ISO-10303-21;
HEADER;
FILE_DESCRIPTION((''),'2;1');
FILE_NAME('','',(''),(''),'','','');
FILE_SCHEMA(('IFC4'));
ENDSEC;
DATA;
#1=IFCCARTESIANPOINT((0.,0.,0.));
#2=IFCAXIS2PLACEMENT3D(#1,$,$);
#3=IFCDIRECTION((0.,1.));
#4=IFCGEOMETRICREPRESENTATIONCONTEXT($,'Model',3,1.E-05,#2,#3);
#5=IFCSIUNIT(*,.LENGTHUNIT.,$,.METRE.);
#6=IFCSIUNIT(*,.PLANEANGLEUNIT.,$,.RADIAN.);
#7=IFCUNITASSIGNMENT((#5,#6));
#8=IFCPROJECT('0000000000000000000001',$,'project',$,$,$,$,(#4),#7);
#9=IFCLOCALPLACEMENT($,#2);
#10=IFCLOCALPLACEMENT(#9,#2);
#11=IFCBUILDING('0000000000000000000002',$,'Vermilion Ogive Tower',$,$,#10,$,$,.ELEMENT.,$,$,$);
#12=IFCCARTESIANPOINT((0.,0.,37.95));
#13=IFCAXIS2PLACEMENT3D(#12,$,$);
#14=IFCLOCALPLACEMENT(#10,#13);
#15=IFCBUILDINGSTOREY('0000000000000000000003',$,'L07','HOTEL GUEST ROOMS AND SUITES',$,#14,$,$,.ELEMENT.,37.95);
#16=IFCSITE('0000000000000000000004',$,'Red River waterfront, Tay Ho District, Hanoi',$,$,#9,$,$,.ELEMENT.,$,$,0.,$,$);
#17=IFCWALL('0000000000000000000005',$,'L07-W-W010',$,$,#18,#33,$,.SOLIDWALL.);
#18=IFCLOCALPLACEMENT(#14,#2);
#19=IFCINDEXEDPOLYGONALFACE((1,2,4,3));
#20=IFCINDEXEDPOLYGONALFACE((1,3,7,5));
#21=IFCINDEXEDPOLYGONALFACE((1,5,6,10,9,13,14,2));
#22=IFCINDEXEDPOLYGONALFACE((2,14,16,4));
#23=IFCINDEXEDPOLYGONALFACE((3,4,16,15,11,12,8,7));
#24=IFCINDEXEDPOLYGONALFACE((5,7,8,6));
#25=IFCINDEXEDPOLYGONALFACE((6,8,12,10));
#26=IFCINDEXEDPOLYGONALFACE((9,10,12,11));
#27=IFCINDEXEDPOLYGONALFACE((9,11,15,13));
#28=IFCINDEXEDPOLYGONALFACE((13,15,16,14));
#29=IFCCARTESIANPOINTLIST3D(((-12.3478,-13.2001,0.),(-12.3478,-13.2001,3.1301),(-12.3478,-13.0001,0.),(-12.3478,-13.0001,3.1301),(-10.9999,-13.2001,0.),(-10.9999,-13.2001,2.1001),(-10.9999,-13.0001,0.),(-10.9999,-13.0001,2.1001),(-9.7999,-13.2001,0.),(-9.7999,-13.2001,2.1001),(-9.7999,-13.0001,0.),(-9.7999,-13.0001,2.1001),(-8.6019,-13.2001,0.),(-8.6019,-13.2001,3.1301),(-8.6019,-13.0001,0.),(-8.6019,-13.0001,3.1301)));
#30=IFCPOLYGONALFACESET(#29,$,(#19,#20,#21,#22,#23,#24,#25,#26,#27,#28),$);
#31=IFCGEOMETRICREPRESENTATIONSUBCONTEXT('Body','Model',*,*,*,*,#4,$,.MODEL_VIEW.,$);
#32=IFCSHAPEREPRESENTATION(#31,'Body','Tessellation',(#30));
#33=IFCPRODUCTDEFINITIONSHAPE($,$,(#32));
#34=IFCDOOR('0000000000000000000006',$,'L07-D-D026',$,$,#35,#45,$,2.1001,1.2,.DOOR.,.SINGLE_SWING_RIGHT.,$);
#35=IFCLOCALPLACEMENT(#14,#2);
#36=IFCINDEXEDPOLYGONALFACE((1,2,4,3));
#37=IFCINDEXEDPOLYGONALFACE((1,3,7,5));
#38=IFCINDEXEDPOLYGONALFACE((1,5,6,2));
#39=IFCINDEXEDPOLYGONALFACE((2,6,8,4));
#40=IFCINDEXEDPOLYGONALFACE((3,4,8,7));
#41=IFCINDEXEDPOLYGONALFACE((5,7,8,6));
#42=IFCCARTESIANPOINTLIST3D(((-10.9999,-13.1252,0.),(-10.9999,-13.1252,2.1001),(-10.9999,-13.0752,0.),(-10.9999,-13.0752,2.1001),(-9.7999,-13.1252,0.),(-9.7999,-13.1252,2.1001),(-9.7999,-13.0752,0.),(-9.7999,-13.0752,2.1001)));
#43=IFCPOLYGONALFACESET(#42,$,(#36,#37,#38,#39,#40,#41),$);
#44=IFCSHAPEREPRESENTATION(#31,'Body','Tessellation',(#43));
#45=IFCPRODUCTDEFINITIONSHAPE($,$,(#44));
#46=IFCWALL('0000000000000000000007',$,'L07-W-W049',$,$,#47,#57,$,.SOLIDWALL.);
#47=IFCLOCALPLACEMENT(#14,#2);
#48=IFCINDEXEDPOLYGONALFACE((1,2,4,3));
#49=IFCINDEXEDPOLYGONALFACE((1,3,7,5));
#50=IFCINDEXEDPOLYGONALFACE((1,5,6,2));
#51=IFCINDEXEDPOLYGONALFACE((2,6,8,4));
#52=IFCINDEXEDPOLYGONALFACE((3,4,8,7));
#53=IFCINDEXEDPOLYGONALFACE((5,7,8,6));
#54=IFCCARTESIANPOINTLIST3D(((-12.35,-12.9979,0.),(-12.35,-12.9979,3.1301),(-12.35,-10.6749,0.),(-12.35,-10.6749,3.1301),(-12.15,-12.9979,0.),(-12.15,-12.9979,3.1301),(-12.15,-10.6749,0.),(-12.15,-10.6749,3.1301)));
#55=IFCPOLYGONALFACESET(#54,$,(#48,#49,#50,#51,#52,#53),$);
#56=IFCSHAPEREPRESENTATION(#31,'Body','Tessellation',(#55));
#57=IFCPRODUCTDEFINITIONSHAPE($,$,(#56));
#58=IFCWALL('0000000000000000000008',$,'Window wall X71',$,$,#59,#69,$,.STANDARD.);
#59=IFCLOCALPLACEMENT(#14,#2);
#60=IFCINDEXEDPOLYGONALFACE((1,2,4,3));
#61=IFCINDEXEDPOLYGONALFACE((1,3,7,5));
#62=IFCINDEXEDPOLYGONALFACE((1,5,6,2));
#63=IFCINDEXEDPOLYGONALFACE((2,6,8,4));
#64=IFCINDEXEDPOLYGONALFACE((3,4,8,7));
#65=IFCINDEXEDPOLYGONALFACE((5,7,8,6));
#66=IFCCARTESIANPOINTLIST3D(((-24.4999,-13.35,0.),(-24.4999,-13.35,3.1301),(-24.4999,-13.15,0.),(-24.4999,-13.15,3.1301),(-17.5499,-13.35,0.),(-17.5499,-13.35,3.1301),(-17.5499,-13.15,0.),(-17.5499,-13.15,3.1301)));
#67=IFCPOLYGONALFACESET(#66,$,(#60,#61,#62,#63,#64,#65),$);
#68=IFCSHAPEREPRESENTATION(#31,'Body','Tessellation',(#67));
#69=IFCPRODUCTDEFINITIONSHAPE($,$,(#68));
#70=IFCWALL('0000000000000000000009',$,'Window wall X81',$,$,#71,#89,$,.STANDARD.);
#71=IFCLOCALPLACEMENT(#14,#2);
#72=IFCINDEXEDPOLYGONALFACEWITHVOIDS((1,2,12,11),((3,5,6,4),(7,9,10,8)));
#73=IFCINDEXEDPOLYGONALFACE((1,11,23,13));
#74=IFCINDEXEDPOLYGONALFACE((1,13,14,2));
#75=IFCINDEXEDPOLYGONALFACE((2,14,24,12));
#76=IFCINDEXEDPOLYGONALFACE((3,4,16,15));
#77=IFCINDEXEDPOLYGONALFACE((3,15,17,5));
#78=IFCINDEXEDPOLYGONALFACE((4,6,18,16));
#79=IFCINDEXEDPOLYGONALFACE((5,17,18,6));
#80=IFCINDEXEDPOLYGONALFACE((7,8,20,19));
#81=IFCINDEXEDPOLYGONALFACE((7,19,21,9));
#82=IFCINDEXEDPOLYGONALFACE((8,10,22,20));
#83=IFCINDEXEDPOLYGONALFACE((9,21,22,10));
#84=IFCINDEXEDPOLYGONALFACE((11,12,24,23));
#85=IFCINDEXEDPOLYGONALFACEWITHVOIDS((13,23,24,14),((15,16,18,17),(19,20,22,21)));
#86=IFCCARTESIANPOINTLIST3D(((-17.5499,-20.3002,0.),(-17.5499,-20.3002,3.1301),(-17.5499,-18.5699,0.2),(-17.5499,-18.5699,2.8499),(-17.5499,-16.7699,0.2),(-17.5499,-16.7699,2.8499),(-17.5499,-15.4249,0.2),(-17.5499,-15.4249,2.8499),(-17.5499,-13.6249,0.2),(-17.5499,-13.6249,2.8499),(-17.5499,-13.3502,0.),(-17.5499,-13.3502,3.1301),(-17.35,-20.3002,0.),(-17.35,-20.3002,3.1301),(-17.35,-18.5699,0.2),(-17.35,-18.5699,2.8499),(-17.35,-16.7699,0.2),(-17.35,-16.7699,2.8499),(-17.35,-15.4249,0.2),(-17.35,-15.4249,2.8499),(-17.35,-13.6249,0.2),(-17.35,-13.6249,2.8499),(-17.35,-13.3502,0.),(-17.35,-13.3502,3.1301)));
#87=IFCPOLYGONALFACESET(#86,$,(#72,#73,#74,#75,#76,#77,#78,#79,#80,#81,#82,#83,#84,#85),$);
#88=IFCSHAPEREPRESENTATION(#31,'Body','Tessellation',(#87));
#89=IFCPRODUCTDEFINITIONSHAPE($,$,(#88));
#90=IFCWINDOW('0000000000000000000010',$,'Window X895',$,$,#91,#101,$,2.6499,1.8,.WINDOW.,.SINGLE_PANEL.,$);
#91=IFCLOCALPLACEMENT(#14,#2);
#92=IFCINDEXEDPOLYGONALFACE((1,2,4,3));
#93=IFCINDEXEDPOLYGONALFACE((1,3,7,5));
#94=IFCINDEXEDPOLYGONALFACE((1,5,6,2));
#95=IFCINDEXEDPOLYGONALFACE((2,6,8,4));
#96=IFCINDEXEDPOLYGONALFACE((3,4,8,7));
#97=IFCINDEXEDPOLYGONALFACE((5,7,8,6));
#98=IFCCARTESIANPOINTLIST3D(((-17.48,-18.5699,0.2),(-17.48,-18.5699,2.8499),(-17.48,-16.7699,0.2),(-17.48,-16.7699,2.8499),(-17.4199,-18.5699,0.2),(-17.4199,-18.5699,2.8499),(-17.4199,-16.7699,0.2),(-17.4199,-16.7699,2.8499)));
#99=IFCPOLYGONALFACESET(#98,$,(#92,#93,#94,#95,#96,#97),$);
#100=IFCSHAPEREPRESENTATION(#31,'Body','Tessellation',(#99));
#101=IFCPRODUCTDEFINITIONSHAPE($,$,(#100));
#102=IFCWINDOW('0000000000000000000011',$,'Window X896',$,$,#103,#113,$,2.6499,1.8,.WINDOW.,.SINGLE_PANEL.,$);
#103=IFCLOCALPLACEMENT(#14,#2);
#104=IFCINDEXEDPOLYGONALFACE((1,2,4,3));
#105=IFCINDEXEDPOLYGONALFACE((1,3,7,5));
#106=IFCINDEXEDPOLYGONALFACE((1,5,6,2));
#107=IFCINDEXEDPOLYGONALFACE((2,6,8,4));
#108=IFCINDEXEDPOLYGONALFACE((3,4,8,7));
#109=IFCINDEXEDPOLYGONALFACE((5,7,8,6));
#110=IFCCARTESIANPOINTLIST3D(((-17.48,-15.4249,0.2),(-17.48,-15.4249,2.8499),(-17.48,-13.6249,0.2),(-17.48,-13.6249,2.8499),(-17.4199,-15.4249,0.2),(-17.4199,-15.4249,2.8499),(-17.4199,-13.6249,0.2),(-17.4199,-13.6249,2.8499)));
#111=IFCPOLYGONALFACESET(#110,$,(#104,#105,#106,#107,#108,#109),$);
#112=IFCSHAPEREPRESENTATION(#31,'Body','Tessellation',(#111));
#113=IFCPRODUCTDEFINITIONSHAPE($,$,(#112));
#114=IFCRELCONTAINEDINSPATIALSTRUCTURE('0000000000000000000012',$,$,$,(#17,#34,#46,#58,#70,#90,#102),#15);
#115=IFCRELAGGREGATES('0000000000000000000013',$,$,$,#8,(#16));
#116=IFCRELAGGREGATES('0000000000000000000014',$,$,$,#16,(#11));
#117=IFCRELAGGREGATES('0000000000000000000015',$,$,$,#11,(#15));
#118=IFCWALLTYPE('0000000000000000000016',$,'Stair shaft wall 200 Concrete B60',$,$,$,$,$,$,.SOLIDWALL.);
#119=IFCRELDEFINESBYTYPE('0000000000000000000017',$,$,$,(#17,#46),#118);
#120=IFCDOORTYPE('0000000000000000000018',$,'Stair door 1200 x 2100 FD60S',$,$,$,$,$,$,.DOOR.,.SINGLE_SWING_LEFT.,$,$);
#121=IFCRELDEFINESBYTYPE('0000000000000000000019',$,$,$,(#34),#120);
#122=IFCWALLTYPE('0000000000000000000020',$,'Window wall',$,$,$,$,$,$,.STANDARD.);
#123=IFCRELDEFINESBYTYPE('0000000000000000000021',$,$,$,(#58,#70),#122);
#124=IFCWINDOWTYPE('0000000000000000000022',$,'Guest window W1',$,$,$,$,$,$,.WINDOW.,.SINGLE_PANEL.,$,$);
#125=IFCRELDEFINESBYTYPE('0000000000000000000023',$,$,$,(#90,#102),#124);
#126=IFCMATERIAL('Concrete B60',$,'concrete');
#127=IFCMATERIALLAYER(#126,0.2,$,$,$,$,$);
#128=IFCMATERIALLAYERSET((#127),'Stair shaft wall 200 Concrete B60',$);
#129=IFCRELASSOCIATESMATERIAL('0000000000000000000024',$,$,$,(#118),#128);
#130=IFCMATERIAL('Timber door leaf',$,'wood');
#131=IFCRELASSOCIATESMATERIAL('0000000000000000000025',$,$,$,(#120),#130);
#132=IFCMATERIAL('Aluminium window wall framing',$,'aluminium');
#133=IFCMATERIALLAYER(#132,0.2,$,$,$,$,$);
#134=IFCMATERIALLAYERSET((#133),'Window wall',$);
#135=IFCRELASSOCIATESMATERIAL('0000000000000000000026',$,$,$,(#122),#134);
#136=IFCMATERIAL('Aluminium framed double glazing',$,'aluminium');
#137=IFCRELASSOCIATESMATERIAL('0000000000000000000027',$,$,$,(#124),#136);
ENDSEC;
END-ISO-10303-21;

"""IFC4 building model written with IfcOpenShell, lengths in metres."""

from ifc_helpers import new_model, si_unit, direction, frame, frame_2d, origin, place, context, subcontext, project, spatial, rectangle, extrude, material, layer, layer_set, type_object, element, fill, save


model = new_model("IFC4")

# Units and contexts
model_context = context("Model", 3, precision=1e-05, world=origin(), true_north=direction((0.0, 1.0)))
body_context = subcontext(model_context, "Body", "Model", "MODEL_VIEW")
ifc_project = project(units=[si_unit("LENGTHUNIT", "METRE"), si_unit("PLANEANGLEUNIT", "RADIAN")], contexts=[model_context])

# Site, building, storey
site_placement = place(None, origin())
site = spatial("IfcSite", under=ifc_project, at=site_placement, Name="Red River waterfront, Tay Ho District, Hanoi", CompositionType="ELEMENT", RefElevation=0.0)
building_placement = place(site_placement, origin())
building = spatial("IfcBuilding", under=site, at=building_placement, Name="Vermilion Ogive Tower", CompositionType="ELEMENT")
storey_placement = place(building_placement, frame((0.0, 0.0, 37.95)))
storey = spatial("IfcBuildingStorey", under=building, at=storey_placement, Name="L07", Description="HOTEL GUEST ROOMS AND SUITES", CompositionType="ELEMENT", Elevation=37.95)

# Wall, opening, door
ifc_material_1 = material(Name="Concrete B60", Category="concrete")
ifc_layer_1 = layer(ifc_material_1, 0.2)
ifc_layer_set_1 = layer_set([ifc_layer_1], Name="Stair shaft wall 200 Concrete B60")
wall_type_1 = type_object("IfcWallType", Name="Stair shaft wall 200 Concrete B60", PredefinedType="SOLIDWALL", material=ifc_layer_set_1)
wall_1_placement = place(storey_placement, frame((-12.3479, -13.1001, 0.0), z_axis=(0.0, 0.0, 1.0), x_axis=(1.0, 0.0, 0.0)))
wall_1 = element("IfcWall", 1, at=wall_1_placement, inside=storey, type_object=wall_type_1, Name="L07-W-W010", PredefinedType="SOLIDWALL", context=body_context, shape_type="SweptSolid", body=[
    extrude(rectangle(XDim=3.7458, YDim=0.2, at=frame_2d((1.873, 0.0))), origin(), (0.0, 0.0, 1.0), 3.1301),
])
opening_1_placement = place(wall_1_placement, frame((1.3479, 0.0, 0.0)))
opening_1 = element("IfcOpeningElement", 2, at=opening_1_placement, cuts=wall_1, PredefinedType="OPENING", context=body_context, shape_type="SweptSolid", body=[
    extrude(rectangle(XDim=1.2, YDim=2.1001, at=frame_2d((0.6001, 1.05))), frame((0.0, 0.1099, 0.0), z_axis=(0.0, -1.0, 0.0), x_axis=(1.0, 0.0, 0.0)), (0.0, 0.0, 1.0), 0.22),
])
ifc_material_2 = material(Name="Timber door leaf", Category="wood")
door_type_1 = type_object("IfcDoorType", Name="Stair door 1200 x 2100 FD60S", OperationType="SINGLE_SWING_LEFT", PredefinedType="DOOR", material=ifc_material_2)
door_1_placement = place(opening_1_placement, origin())
door_1 = element("IfcDoor", 3, at=door_1_placement, inside=storey, type_object=door_type_1, Name="L07-D-D026", OperationType="SINGLE_SWING_RIGHT", OverallHeight=2.1001, OverallWidth=1.2, PredefinedType="DOOR", context=body_context, shape_type="SweptSolid", body=[
    extrude(rectangle(XDim=1.2, YDim=2.1001, at=frame_2d((0.6001, 1.05))), frame((0.0, 0.0249, 0.0), z_axis=(0.0, -1.0, 0.0), x_axis=(1.0, 0.0, 0.0)), (0.0, 0.0, 1.0), 0.05),
])
fill(opening_1, door_1)

# Walls
wall_2_placement = place(storey_placement, frame((-12.25, -12.998, 0.0), z_axis=(0.0, 0.0, 1.0), x_axis=(0.0, 1.0, 0.0)))
element("IfcWall", 4, at=wall_2_placement, inside=storey, type_object=wall_type_1, Name="L07-W-W049", PredefinedType="SOLIDWALL", context=body_context, shape_type="SweptSolid", body=[
    extrude(rectangle(XDim=2.323, YDim=0.2, at=frame_2d((1.1616, 0.0))), origin(), (0.0, 0.0, 1.0), 3.1301),
])
ifc_material_3 = material(Name="Aluminium window wall framing", Category="aluminium")
ifc_layer_2 = layer(ifc_material_3, 0.2)
ifc_layer_set_2 = layer_set([ifc_layer_2], Name="Window wall")
wall_type_2 = type_object("IfcWallType", Name="Window wall", PredefinedType="STANDARD", material=ifc_layer_set_2)
wall_3_placement = place(storey_placement, frame((-24.5, -13.25, 0.0), z_axis=(0.0, 0.0, 1.0), x_axis=(1.0, 0.0, 0.0)))
element("IfcWall", 5, at=wall_3_placement, inside=storey, type_object=wall_type_2, Name="Window wall X71", PredefinedType="STANDARD", context=body_context, shape_type="SweptSolid", body=[
    extrude(rectangle(XDim=6.95, YDim=0.2, at=frame_2d((3.4751, 0.0))), origin(), (0.0, 0.0, 1.0), 3.1301),
])

# Wall, openings, windows
wall_4_placement = place(storey_placement, frame((-17.45, -13.3501, 0.0), z_axis=(0.0, 0.0, 1.0), x_axis=(0.0, -1.0, 0.0)))
wall_4 = element("IfcWall", 6, at=wall_4_placement, inside=storey, type_object=wall_type_2, Name="Window wall X81", PredefinedType="STANDARD", context=body_context, shape_type="SweptSolid", body=[
    extrude(rectangle(XDim=6.95, YDim=0.2, at=frame_2d((3.4751, 0.0))), origin(), (0.0, 0.0, 1.0), 3.1301),
])
opening_2_placement = place(wall_4_placement, frame((3.4199, 0.0, 0.2)))
opening_2 = element("IfcOpeningElement", 7, at=opening_2_placement, cuts=wall_4, PredefinedType="OPENING", context=body_context, shape_type="SweptSolid", body=[
    extrude(rectangle(XDim=1.8, YDim=2.6499, at=frame_2d((0.8999, 1.325))), frame((0.0, 0.1099, 0.0), z_axis=(0.0, -1.0, 0.0), x_axis=(1.0, 0.0, 0.0)), (0.0, 0.0, 1.0), 0.22),
])
opening_3_placement = place(wall_4_placement, frame((0.2749, 0.0, 0.2)))
opening_3 = element("IfcOpeningElement", 8, at=opening_3_placement, cuts=wall_4, PredefinedType="OPENING", context=body_context, shape_type="SweptSolid", body=[
    extrude(rectangle(XDim=1.8, YDim=2.6499, at=frame_2d((0.8999, 1.325))), frame((0.0, 0.1099, 0.0), z_axis=(0.0, -1.0, 0.0), x_axis=(1.0, 0.0, 0.0)), (0.0, 0.0, 1.0), 0.22),
])
ifc_material_4 = material(Name="Aluminium framed double glazing", Category="aluminium")
window_type = type_object("IfcWindowType", Name="Guest window W1", PartitioningType="SINGLE_PANEL", PredefinedType="WINDOW", material=ifc_material_4)
window_1_placement = place(opening_2_placement, origin())
window_1 = element("IfcWindow", 9, at=window_1_placement, inside=storey, type_object=window_type, Name="Window X895", OverallHeight=2.6499, OverallWidth=1.8, PartitioningType="SINGLE_PANEL", PredefinedType="WINDOW", context=body_context, shape_type="SweptSolid", body=[
    extrude(rectangle(XDim=1.8, YDim=2.6499, at=frame_2d((0.8999, 1.325))), frame((0.0, 0.03, 0.0), z_axis=(0.0, -1.0, 0.0), x_axis=(1.0, 0.0, 0.0)), (0.0, 0.0, 1.0), 0.0601),
])
fill(opening_2, window_1)
window_2_placement = place(opening_3_placement, origin())
window_2 = element("IfcWindow", 10, at=window_2_placement, inside=storey, type_object=window_type, Name="Window X896", OverallHeight=2.6499, OverallWidth=1.8, PartitioningType="SINGLE_PANEL", PredefinedType="WINDOW", context=body_context, shape_type="SweptSolid", body=[
    extrude(rectangle(XDim=1.8, YDim=2.6499, at=frame_2d((0.8999, 1.325))), frame((0.0, 0.03, 0.0), z_axis=(0.0, -1.0, 0.0), x_axis=(1.0, 0.0, 0.0)), (0.0, 0.0, 1.0), 0.0601),
])
fill(opening_3, window_2)

save(model, "model.ifc")
